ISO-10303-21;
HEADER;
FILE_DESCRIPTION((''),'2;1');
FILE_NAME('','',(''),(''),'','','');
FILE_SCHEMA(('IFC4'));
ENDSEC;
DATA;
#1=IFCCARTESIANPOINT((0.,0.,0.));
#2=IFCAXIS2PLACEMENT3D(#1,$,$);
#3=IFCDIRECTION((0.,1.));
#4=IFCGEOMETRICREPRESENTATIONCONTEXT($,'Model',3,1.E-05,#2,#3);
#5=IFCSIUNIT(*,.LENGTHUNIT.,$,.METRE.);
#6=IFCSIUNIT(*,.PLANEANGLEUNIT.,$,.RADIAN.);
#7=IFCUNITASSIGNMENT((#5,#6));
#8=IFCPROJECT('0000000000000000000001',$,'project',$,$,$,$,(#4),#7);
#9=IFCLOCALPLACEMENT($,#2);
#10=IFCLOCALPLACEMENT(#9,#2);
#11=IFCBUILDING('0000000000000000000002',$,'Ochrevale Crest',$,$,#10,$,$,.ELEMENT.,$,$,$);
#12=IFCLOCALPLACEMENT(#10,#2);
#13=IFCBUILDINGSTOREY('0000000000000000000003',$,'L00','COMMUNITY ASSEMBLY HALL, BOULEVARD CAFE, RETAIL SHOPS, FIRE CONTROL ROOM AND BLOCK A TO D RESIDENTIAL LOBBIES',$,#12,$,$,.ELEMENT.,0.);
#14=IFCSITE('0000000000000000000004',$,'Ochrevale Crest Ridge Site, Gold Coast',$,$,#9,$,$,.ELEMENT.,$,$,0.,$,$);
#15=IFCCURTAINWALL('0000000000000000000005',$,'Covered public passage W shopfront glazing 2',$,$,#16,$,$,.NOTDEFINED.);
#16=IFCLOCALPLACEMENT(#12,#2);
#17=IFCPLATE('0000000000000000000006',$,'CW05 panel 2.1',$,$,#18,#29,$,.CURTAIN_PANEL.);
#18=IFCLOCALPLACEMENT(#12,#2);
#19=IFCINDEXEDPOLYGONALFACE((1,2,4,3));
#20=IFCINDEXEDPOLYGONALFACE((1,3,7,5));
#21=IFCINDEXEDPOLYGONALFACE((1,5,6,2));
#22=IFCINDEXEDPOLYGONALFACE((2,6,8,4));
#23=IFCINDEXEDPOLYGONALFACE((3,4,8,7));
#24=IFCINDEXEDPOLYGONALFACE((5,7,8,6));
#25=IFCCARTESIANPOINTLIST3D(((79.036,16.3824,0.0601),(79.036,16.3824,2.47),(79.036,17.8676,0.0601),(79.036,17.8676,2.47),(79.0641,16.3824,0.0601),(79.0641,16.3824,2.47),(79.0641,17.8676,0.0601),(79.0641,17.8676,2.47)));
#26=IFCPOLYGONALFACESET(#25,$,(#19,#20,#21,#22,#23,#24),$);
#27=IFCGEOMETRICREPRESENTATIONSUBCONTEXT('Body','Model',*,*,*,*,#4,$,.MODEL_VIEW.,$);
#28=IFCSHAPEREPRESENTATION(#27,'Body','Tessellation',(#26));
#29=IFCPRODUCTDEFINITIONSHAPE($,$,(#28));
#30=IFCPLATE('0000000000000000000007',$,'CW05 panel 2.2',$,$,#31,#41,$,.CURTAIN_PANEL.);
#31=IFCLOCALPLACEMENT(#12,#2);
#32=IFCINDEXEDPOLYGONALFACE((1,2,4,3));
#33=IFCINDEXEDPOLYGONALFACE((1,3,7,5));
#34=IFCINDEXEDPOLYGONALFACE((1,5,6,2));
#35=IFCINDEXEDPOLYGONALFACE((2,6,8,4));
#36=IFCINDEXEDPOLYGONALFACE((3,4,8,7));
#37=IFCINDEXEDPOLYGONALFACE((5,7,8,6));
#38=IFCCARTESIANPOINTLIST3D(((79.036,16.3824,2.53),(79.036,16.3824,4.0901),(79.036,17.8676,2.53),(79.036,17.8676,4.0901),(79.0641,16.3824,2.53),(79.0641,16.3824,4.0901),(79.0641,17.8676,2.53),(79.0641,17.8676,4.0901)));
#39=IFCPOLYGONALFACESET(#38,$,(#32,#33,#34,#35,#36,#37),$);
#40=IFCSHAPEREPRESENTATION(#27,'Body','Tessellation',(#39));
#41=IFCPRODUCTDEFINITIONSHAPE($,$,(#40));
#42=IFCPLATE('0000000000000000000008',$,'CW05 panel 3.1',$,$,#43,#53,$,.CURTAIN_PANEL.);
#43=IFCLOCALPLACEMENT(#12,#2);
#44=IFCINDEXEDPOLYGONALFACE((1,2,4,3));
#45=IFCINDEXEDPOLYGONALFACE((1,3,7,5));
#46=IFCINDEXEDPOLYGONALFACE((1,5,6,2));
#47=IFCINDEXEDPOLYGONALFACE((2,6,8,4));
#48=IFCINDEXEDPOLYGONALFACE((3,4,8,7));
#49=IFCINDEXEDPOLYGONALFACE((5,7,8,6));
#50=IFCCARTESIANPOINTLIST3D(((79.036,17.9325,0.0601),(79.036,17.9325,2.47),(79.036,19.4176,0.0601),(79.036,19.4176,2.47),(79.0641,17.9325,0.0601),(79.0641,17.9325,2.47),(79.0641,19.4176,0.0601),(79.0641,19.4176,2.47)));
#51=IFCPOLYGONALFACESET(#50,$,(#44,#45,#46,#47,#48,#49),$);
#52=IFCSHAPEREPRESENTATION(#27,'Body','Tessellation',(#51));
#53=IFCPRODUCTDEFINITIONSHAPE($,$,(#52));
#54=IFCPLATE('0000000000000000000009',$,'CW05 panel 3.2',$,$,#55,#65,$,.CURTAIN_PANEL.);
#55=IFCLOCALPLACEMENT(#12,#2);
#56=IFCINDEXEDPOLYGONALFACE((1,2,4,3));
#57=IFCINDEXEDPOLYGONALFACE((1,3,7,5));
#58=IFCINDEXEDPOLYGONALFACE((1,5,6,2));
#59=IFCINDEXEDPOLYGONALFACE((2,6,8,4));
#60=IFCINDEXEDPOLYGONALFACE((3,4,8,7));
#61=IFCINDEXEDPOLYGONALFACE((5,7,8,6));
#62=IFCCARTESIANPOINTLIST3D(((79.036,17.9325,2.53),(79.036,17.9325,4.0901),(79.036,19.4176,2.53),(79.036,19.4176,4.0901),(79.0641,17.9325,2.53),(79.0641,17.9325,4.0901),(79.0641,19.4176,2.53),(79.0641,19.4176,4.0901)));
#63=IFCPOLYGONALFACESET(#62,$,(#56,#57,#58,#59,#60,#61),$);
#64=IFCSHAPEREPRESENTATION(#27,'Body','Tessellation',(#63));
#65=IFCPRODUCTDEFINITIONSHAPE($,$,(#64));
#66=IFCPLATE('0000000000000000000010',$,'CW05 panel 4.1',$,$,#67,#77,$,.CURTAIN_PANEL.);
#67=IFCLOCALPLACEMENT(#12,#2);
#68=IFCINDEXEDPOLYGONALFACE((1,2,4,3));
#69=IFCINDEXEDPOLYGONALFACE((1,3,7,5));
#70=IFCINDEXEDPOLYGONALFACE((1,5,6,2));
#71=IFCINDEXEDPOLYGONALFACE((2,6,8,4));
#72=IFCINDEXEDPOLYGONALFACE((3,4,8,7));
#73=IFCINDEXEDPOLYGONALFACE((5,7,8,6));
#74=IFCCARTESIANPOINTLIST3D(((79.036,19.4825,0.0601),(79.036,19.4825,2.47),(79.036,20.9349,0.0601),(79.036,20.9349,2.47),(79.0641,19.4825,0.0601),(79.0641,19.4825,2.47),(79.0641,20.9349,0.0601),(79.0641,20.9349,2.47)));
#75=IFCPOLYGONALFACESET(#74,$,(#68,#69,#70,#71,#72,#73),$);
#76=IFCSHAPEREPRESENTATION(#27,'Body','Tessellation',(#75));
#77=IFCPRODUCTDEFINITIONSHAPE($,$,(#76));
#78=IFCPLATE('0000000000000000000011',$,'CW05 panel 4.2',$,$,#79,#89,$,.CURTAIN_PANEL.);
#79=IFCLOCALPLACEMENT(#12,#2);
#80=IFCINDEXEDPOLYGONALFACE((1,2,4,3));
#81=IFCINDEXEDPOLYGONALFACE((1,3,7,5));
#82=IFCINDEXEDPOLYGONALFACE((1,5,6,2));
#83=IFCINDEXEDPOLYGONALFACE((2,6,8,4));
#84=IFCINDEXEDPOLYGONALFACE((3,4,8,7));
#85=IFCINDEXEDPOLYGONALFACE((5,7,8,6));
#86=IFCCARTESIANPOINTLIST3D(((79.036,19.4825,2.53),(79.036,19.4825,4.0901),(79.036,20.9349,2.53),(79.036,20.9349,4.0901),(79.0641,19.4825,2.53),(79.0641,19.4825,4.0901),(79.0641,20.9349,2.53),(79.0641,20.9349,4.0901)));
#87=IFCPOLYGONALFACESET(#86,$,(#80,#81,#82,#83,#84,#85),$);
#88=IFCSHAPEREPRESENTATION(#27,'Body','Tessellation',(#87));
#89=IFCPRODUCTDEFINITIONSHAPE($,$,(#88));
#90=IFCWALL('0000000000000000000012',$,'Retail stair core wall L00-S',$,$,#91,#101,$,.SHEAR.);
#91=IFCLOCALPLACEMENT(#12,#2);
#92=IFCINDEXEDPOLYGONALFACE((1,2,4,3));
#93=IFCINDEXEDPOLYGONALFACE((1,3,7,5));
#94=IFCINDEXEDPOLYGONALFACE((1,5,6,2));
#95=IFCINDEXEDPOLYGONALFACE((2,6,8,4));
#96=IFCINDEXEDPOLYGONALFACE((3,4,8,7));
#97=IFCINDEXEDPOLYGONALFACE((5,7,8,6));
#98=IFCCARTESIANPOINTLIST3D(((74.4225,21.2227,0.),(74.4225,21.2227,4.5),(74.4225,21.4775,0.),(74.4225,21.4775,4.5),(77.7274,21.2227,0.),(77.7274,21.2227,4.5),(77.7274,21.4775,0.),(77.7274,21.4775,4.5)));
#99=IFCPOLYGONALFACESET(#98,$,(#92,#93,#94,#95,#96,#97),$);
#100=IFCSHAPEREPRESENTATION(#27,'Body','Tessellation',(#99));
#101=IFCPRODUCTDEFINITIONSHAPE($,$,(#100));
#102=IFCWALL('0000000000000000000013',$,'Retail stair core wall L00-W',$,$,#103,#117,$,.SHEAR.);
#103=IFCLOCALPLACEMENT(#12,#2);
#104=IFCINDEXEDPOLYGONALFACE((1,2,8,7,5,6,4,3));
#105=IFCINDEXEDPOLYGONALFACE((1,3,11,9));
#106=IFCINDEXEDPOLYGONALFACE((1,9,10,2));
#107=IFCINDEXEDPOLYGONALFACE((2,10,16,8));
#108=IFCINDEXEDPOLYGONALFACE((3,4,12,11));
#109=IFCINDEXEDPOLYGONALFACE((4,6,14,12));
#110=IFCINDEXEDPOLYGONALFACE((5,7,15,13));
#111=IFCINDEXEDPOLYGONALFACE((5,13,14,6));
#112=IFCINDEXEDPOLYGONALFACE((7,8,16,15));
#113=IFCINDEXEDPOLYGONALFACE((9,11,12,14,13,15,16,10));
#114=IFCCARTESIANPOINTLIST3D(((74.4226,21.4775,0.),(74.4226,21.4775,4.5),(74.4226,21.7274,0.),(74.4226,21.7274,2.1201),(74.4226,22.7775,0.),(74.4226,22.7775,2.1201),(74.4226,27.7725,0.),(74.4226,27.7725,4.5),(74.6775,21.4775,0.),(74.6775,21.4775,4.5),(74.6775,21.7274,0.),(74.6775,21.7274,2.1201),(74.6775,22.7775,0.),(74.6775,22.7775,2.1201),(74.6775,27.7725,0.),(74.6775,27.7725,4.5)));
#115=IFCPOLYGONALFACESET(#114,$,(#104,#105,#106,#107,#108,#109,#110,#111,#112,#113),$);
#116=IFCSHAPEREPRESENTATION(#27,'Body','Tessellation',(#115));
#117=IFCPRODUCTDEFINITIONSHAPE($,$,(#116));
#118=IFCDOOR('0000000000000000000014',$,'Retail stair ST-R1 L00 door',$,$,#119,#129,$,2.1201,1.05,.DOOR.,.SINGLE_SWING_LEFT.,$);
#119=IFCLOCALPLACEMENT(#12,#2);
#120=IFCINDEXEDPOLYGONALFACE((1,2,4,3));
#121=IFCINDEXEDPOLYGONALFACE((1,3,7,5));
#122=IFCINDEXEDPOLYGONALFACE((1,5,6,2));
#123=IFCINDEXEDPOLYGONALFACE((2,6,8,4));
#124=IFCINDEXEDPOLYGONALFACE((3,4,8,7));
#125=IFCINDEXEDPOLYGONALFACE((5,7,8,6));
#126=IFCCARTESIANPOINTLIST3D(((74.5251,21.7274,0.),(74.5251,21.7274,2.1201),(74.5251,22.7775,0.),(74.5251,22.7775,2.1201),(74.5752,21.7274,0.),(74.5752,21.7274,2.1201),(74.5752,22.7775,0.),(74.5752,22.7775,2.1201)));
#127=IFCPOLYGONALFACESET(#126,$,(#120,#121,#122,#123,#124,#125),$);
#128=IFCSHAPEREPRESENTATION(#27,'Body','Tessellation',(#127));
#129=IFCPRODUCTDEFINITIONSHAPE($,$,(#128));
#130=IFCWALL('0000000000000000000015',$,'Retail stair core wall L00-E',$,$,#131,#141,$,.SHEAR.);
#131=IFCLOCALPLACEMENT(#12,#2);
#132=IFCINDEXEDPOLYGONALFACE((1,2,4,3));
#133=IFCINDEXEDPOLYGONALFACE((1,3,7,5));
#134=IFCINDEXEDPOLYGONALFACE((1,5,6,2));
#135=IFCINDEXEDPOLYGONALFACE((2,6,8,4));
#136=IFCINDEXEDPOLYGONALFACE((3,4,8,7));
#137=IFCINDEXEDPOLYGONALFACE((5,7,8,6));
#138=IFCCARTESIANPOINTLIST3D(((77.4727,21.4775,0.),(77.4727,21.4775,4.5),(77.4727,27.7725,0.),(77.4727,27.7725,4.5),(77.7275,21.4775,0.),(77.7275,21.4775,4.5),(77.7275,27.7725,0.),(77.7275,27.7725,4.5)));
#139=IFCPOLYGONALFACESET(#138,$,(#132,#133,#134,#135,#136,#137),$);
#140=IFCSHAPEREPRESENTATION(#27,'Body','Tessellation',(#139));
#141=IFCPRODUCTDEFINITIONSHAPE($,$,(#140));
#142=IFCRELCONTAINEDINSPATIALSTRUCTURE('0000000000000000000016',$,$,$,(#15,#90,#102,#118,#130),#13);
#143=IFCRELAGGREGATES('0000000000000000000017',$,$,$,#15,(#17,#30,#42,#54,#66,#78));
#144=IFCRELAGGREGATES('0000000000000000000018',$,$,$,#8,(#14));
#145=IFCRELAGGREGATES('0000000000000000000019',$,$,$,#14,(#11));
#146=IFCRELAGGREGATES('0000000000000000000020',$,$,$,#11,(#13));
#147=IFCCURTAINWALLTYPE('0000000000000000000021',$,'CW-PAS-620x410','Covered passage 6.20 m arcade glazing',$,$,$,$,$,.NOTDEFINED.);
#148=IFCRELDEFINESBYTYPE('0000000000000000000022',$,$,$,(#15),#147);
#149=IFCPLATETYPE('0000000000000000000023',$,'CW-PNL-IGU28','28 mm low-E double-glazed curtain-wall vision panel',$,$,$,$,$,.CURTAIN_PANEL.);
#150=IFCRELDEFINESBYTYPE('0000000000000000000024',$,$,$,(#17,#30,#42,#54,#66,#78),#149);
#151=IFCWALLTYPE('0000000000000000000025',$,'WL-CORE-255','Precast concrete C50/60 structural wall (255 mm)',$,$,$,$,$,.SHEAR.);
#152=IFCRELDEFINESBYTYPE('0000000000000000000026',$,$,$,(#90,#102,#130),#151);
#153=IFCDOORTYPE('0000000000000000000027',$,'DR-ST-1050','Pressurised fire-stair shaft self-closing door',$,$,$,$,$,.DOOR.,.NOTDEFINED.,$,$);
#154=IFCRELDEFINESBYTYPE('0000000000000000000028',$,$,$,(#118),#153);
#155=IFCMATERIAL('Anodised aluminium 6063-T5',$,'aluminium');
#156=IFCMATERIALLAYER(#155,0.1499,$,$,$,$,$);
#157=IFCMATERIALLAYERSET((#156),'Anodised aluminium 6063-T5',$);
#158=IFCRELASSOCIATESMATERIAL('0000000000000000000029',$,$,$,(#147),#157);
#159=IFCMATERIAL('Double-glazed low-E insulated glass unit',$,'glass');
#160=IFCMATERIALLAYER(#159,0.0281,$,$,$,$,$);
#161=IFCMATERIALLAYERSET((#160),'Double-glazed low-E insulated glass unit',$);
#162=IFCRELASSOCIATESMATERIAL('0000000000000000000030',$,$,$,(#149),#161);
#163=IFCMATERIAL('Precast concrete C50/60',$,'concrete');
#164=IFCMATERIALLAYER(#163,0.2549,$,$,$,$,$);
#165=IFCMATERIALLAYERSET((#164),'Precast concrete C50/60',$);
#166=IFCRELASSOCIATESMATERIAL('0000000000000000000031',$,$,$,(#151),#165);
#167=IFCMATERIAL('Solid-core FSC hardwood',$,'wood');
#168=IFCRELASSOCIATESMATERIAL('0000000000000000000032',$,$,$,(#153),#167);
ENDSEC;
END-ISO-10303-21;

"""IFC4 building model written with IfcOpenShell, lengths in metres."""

from ifc_helpers import new_model, si_unit, direction, frame, frame_2d, origin, origin_2d, place, context, subcontext, project, spatial, rectangle, extrude, material, layer, layer_set, type_object, element, fill, aggregate, save


model = new_model("IFC4")

# Units and contexts
model_context = context("Model", 3, precision=1e-05, world=origin(), true_north=direction((0.0, 1.0)))
body_context = subcontext(model_context, "Body", "Model", "MODEL_VIEW")
ifc_project = project(units=[si_unit("LENGTHUNIT", "METRE"), si_unit("PLANEANGLEUNIT", "RADIAN")], contexts=[model_context])

# Site, building, storey
site_placement = place(None, origin())
site = spatial("IfcSite", under=ifc_project, at=site_placement, Name="Ochrevale Crest Ridge Site, Gold Coast", CompositionType="ELEMENT", RefElevation=0.0)
building_placement = place(site_placement, origin())
building = spatial("IfcBuilding", under=site, at=building_placement, Name="Ochrevale Crest", CompositionType="ELEMENT")
storey_placement = place(building_placement, origin())
storey = spatial("IfcBuildingStorey", under=building, at=storey_placement, Name="L00", Description="COMMUNITY ASSEMBLY HALL, BOULEVARD CAFE, RETAIL SHOPS, FIRE CONTROL ROOM AND BLOCK A TO D RESIDENTIAL LOBBIES", CompositionType="ELEMENT", Elevation=0.0)

# Curtain wall
ifc_material_1 = material(Name="Anodised aluminium 6063-T5", Category="aluminium")
ifc_layer_1 = layer(ifc_material_1, 0.1499)
ifc_layer_set_1 = layer_set([ifc_layer_1], Name="Anodised aluminium 6063-T5")
curtain_wall_type = type_object("IfcCurtainWallType", Name="CW-PAS-620x410", Description="Covered passage 6.20 m arcade glazing", PredefinedType="NOTDEFINED", material=ifc_layer_set_1)
curtain_wall_1_placement = place(storey_placement, origin())
curtain_wall_1 = element("IfcCurtainWall", 1, at=curtain_wall_1_placement, inside=storey, type_object=curtain_wall_type, Name="Covered public passage W shopfront glazing 2", PredefinedType="NOTDEFINED")

# Plates
ifc_material_2 = material(Name="Double-glazed low-E insulated glass unit", Category="glass")
ifc_layer_2 = layer(ifc_material_2, 0.0281)
ifc_layer_set_2 = layer_set([ifc_layer_2], Name="Double-glazed low-E insulated glass unit")
plate_type = type_object("IfcPlateType", Name="CW-PNL-IGU28", Description="28 mm low-E double-glazed curtain-wall vision panel", PredefinedType="CURTAIN_PANEL", material=ifc_layer_set_2)
plate_1_placement = place(storey_placement, frame((79.05, 17.125, 0.0601), z_axis=(0.0, 0.0, 1.0), x_axis=(0.0, 1.0, 0.0)))
plate_1 = element("IfcPlate", 2, at=plate_1_placement, type_object=plate_type, Name="CW05 panel 2.1", PredefinedType="CURTAIN_PANEL", context=body_context, shape_type="SweptSolid", body=[
    extrude(rectangle(XDim=1.4851, YDim=0.0281, at=origin_2d()), origin(), (0.0, 0.0, 1.0), 2.4099),
])
plate_2_placement = place(storey_placement, frame((79.05, 17.125, 2.53), z_axis=(0.0, 0.0, 1.0), x_axis=(0.0, 1.0, 0.0)))
plate_2 = element("IfcPlate", 3, at=plate_2_placement, type_object=plate_type, Name="CW05 panel 2.2", PredefinedType="CURTAIN_PANEL", context=body_context, shape_type="SweptSolid", body=[
    extrude(rectangle(XDim=1.4851, YDim=0.0281, at=origin_2d()), origin(), (0.0, 0.0, 1.0), 1.5601),
])
plate_3_placement = place(storey_placement, frame((79.05, 18.675, 0.0601), z_axis=(0.0, 0.0, 1.0), x_axis=(0.0, 1.0, 0.0)))
plate_3 = element("IfcPlate", 4, at=plate_3_placement, type_object=plate_type, Name="CW05 panel 3.1", PredefinedType="CURTAIN_PANEL", context=body_context, shape_type="SweptSolid", body=[
    extrude(rectangle(XDim=1.4851, YDim=0.0281, at=origin_2d()), origin(), (0.0, 0.0, 1.0), 2.4099),
])
plate_4_placement = place(storey_placement, frame((79.05, 18.675, 2.53), z_axis=(0.0, 0.0, 1.0), x_axis=(0.0, 1.0, 0.0)))
plate_4 = element("IfcPlate", 5, at=plate_4_placement, type_object=plate_type, Name="CW05 panel 3.2", PredefinedType="CURTAIN_PANEL", context=body_context, shape_type="SweptSolid", body=[
    extrude(rectangle(XDim=1.4851, YDim=0.0281, at=origin_2d()), origin(), (0.0, 0.0, 1.0), 1.5601),
])
plate_5_placement = place(storey_placement, frame((79.05, 20.2087, 0.0601), z_axis=(0.0, 0.0, 1.0), x_axis=(0.0, 1.0, 0.0)))
plate_5 = element("IfcPlate", 6, at=plate_5_placement, type_object=plate_type, Name="CW05 panel 4.1", PredefinedType="CURTAIN_PANEL", context=body_context, shape_type="SweptSolid", body=[
    extrude(rectangle(XDim=1.4524, YDim=0.0281, at=origin_2d()), origin(), (0.0, 0.0, 1.0), 2.4099),
])
plate_6_placement = place(storey_placement, frame((79.05, 20.2087, 2.53), z_axis=(0.0, 0.0, 1.0), x_axis=(0.0, 1.0, 0.0)))
plate_6 = element("IfcPlate", 7, at=plate_6_placement, type_object=plate_type, Name="CW05 panel 4.2", PredefinedType="CURTAIN_PANEL", context=body_context, shape_type="SweptSolid", body=[
    extrude(rectangle(XDim=1.4524, YDim=0.0281, at=origin_2d()), origin(), (0.0, 0.0, 1.0), 1.5601),
])
aggregate(curtain_wall_1, [plate_1, plate_2, plate_3, plate_4, plate_5, plate_6])

# Wall
ifc_material_3 = material(Name="Precast concrete C50/60", Category="concrete")
ifc_layer_3 = layer(ifc_material_3, 0.2549)
ifc_layer_set_3 = layer_set([ifc_layer_3], Name="Precast concrete C50/60")
wall_type = type_object("IfcWallType", Name="WL-CORE-255", Description="Precast concrete C50/60 structural wall (255 mm)", PredefinedType="SHEAR", material=ifc_layer_set_3)
wall_1_placement = place(storey_placement, frame((74.4226, 21.3501, 0.0), z_axis=(0.0, 0.0, 1.0), x_axis=(1.0, 0.0, 0.0)))
element("IfcWall", 8, at=wall_1_placement, inside=storey, type_object=wall_type, Name="Retail stair core wall L00-S", PredefinedType="SHEAR", context=body_context, shape_type="SweptSolid", body=[
    extrude(rectangle(XDim=3.3049, YDim=0.2549, at=frame_2d((1.6523, 0.0))), origin(), (0.0, 0.0, 1.0), 4.5),
])

# Wall, opening, door
wall_2_placement = place(storey_placement, frame((74.55, 21.4775, 0.0), z_axis=(0.0, 0.0, 1.0), x_axis=(0.0, 1.0, 0.0)))
wall_2 = element("IfcWall", 9, at=wall_2_placement, inside=storey, type_object=wall_type, Name="Retail stair core wall L00-W", PredefinedType="SHEAR", context=body_context, shape_type="SweptSolid", body=[
    extrude(rectangle(XDim=6.2949, YDim=0.2549, at=frame_2d((3.1475, 0.0))), origin(), (0.0, 0.0, 1.0), 4.5),
])
opening_placement = place(wall_2_placement, frame((0.25, 0.0, 0.0)))
opening = element("IfcOpeningElement", 10, at=opening_placement, cuts=wall_2, PredefinedType="OPENING", context=body_context, shape_type="SweptSolid", body=[
    extrude(rectangle(XDim=1.05, YDim=2.1201, at=frame_2d((0.5249, 1.0601))), frame((0.0, 0.1375, 0.0), z_axis=(0.0, -1.0, 0.0), x_axis=(1.0, 0.0, 0.0)), (0.0, 0.0, 1.0), 0.2749),
])
ifc_material_4 = material(Name="Solid-core FSC hardwood", Category="wood")
door_type = type_object("IfcDoorType", Name="DR-ST-1050", Description="Pressurised fire-stair shaft self-closing door", OperationType="NOTDEFINED", PredefinedType="DOOR", material=ifc_material_4)
door_placement = place(opening_placement, origin())
door = element("IfcDoor", 11, at=door_placement, inside=storey, type_object=door_type, Name="Retail stair ST-R1 L00 door", OperationType="SINGLE_SWING_LEFT", OverallHeight=2.1201, OverallWidth=1.05, PredefinedType="DOOR", context=body_context, shape_type="SweptSolid", body=[
    extrude(rectangle(XDim=1.05, YDim=2.1201, at=frame_2d((0.5249, 1.0601))), frame((0.0, 0.0249, 0.0), z_axis=(0.0, -1.0, 0.0), x_axis=(1.0, 0.0, 0.0)), (0.0, 0.0, 1.0), 0.05),
])
fill(opening, door)

# Wall
wall_3_placement = place(storey_placement, frame((77.6001, 21.4775, 0.0), z_axis=(0.0, 0.0, 1.0), x_axis=(0.0, 1.0, 0.0)))
element("IfcWall", 12, at=wall_3_placement, inside=storey, type_object=wall_type, Name="Retail stair core wall L00-E", PredefinedType="SHEAR", context=body_context, shape_type="SweptSolid", body=[
    extrude(rectangle(XDim=6.2949, YDim=0.2549, at=frame_2d((3.1475, 0.0))), origin(), (0.0, 0.0, 1.0), 4.5),
])

save(model, "model.ifc")
